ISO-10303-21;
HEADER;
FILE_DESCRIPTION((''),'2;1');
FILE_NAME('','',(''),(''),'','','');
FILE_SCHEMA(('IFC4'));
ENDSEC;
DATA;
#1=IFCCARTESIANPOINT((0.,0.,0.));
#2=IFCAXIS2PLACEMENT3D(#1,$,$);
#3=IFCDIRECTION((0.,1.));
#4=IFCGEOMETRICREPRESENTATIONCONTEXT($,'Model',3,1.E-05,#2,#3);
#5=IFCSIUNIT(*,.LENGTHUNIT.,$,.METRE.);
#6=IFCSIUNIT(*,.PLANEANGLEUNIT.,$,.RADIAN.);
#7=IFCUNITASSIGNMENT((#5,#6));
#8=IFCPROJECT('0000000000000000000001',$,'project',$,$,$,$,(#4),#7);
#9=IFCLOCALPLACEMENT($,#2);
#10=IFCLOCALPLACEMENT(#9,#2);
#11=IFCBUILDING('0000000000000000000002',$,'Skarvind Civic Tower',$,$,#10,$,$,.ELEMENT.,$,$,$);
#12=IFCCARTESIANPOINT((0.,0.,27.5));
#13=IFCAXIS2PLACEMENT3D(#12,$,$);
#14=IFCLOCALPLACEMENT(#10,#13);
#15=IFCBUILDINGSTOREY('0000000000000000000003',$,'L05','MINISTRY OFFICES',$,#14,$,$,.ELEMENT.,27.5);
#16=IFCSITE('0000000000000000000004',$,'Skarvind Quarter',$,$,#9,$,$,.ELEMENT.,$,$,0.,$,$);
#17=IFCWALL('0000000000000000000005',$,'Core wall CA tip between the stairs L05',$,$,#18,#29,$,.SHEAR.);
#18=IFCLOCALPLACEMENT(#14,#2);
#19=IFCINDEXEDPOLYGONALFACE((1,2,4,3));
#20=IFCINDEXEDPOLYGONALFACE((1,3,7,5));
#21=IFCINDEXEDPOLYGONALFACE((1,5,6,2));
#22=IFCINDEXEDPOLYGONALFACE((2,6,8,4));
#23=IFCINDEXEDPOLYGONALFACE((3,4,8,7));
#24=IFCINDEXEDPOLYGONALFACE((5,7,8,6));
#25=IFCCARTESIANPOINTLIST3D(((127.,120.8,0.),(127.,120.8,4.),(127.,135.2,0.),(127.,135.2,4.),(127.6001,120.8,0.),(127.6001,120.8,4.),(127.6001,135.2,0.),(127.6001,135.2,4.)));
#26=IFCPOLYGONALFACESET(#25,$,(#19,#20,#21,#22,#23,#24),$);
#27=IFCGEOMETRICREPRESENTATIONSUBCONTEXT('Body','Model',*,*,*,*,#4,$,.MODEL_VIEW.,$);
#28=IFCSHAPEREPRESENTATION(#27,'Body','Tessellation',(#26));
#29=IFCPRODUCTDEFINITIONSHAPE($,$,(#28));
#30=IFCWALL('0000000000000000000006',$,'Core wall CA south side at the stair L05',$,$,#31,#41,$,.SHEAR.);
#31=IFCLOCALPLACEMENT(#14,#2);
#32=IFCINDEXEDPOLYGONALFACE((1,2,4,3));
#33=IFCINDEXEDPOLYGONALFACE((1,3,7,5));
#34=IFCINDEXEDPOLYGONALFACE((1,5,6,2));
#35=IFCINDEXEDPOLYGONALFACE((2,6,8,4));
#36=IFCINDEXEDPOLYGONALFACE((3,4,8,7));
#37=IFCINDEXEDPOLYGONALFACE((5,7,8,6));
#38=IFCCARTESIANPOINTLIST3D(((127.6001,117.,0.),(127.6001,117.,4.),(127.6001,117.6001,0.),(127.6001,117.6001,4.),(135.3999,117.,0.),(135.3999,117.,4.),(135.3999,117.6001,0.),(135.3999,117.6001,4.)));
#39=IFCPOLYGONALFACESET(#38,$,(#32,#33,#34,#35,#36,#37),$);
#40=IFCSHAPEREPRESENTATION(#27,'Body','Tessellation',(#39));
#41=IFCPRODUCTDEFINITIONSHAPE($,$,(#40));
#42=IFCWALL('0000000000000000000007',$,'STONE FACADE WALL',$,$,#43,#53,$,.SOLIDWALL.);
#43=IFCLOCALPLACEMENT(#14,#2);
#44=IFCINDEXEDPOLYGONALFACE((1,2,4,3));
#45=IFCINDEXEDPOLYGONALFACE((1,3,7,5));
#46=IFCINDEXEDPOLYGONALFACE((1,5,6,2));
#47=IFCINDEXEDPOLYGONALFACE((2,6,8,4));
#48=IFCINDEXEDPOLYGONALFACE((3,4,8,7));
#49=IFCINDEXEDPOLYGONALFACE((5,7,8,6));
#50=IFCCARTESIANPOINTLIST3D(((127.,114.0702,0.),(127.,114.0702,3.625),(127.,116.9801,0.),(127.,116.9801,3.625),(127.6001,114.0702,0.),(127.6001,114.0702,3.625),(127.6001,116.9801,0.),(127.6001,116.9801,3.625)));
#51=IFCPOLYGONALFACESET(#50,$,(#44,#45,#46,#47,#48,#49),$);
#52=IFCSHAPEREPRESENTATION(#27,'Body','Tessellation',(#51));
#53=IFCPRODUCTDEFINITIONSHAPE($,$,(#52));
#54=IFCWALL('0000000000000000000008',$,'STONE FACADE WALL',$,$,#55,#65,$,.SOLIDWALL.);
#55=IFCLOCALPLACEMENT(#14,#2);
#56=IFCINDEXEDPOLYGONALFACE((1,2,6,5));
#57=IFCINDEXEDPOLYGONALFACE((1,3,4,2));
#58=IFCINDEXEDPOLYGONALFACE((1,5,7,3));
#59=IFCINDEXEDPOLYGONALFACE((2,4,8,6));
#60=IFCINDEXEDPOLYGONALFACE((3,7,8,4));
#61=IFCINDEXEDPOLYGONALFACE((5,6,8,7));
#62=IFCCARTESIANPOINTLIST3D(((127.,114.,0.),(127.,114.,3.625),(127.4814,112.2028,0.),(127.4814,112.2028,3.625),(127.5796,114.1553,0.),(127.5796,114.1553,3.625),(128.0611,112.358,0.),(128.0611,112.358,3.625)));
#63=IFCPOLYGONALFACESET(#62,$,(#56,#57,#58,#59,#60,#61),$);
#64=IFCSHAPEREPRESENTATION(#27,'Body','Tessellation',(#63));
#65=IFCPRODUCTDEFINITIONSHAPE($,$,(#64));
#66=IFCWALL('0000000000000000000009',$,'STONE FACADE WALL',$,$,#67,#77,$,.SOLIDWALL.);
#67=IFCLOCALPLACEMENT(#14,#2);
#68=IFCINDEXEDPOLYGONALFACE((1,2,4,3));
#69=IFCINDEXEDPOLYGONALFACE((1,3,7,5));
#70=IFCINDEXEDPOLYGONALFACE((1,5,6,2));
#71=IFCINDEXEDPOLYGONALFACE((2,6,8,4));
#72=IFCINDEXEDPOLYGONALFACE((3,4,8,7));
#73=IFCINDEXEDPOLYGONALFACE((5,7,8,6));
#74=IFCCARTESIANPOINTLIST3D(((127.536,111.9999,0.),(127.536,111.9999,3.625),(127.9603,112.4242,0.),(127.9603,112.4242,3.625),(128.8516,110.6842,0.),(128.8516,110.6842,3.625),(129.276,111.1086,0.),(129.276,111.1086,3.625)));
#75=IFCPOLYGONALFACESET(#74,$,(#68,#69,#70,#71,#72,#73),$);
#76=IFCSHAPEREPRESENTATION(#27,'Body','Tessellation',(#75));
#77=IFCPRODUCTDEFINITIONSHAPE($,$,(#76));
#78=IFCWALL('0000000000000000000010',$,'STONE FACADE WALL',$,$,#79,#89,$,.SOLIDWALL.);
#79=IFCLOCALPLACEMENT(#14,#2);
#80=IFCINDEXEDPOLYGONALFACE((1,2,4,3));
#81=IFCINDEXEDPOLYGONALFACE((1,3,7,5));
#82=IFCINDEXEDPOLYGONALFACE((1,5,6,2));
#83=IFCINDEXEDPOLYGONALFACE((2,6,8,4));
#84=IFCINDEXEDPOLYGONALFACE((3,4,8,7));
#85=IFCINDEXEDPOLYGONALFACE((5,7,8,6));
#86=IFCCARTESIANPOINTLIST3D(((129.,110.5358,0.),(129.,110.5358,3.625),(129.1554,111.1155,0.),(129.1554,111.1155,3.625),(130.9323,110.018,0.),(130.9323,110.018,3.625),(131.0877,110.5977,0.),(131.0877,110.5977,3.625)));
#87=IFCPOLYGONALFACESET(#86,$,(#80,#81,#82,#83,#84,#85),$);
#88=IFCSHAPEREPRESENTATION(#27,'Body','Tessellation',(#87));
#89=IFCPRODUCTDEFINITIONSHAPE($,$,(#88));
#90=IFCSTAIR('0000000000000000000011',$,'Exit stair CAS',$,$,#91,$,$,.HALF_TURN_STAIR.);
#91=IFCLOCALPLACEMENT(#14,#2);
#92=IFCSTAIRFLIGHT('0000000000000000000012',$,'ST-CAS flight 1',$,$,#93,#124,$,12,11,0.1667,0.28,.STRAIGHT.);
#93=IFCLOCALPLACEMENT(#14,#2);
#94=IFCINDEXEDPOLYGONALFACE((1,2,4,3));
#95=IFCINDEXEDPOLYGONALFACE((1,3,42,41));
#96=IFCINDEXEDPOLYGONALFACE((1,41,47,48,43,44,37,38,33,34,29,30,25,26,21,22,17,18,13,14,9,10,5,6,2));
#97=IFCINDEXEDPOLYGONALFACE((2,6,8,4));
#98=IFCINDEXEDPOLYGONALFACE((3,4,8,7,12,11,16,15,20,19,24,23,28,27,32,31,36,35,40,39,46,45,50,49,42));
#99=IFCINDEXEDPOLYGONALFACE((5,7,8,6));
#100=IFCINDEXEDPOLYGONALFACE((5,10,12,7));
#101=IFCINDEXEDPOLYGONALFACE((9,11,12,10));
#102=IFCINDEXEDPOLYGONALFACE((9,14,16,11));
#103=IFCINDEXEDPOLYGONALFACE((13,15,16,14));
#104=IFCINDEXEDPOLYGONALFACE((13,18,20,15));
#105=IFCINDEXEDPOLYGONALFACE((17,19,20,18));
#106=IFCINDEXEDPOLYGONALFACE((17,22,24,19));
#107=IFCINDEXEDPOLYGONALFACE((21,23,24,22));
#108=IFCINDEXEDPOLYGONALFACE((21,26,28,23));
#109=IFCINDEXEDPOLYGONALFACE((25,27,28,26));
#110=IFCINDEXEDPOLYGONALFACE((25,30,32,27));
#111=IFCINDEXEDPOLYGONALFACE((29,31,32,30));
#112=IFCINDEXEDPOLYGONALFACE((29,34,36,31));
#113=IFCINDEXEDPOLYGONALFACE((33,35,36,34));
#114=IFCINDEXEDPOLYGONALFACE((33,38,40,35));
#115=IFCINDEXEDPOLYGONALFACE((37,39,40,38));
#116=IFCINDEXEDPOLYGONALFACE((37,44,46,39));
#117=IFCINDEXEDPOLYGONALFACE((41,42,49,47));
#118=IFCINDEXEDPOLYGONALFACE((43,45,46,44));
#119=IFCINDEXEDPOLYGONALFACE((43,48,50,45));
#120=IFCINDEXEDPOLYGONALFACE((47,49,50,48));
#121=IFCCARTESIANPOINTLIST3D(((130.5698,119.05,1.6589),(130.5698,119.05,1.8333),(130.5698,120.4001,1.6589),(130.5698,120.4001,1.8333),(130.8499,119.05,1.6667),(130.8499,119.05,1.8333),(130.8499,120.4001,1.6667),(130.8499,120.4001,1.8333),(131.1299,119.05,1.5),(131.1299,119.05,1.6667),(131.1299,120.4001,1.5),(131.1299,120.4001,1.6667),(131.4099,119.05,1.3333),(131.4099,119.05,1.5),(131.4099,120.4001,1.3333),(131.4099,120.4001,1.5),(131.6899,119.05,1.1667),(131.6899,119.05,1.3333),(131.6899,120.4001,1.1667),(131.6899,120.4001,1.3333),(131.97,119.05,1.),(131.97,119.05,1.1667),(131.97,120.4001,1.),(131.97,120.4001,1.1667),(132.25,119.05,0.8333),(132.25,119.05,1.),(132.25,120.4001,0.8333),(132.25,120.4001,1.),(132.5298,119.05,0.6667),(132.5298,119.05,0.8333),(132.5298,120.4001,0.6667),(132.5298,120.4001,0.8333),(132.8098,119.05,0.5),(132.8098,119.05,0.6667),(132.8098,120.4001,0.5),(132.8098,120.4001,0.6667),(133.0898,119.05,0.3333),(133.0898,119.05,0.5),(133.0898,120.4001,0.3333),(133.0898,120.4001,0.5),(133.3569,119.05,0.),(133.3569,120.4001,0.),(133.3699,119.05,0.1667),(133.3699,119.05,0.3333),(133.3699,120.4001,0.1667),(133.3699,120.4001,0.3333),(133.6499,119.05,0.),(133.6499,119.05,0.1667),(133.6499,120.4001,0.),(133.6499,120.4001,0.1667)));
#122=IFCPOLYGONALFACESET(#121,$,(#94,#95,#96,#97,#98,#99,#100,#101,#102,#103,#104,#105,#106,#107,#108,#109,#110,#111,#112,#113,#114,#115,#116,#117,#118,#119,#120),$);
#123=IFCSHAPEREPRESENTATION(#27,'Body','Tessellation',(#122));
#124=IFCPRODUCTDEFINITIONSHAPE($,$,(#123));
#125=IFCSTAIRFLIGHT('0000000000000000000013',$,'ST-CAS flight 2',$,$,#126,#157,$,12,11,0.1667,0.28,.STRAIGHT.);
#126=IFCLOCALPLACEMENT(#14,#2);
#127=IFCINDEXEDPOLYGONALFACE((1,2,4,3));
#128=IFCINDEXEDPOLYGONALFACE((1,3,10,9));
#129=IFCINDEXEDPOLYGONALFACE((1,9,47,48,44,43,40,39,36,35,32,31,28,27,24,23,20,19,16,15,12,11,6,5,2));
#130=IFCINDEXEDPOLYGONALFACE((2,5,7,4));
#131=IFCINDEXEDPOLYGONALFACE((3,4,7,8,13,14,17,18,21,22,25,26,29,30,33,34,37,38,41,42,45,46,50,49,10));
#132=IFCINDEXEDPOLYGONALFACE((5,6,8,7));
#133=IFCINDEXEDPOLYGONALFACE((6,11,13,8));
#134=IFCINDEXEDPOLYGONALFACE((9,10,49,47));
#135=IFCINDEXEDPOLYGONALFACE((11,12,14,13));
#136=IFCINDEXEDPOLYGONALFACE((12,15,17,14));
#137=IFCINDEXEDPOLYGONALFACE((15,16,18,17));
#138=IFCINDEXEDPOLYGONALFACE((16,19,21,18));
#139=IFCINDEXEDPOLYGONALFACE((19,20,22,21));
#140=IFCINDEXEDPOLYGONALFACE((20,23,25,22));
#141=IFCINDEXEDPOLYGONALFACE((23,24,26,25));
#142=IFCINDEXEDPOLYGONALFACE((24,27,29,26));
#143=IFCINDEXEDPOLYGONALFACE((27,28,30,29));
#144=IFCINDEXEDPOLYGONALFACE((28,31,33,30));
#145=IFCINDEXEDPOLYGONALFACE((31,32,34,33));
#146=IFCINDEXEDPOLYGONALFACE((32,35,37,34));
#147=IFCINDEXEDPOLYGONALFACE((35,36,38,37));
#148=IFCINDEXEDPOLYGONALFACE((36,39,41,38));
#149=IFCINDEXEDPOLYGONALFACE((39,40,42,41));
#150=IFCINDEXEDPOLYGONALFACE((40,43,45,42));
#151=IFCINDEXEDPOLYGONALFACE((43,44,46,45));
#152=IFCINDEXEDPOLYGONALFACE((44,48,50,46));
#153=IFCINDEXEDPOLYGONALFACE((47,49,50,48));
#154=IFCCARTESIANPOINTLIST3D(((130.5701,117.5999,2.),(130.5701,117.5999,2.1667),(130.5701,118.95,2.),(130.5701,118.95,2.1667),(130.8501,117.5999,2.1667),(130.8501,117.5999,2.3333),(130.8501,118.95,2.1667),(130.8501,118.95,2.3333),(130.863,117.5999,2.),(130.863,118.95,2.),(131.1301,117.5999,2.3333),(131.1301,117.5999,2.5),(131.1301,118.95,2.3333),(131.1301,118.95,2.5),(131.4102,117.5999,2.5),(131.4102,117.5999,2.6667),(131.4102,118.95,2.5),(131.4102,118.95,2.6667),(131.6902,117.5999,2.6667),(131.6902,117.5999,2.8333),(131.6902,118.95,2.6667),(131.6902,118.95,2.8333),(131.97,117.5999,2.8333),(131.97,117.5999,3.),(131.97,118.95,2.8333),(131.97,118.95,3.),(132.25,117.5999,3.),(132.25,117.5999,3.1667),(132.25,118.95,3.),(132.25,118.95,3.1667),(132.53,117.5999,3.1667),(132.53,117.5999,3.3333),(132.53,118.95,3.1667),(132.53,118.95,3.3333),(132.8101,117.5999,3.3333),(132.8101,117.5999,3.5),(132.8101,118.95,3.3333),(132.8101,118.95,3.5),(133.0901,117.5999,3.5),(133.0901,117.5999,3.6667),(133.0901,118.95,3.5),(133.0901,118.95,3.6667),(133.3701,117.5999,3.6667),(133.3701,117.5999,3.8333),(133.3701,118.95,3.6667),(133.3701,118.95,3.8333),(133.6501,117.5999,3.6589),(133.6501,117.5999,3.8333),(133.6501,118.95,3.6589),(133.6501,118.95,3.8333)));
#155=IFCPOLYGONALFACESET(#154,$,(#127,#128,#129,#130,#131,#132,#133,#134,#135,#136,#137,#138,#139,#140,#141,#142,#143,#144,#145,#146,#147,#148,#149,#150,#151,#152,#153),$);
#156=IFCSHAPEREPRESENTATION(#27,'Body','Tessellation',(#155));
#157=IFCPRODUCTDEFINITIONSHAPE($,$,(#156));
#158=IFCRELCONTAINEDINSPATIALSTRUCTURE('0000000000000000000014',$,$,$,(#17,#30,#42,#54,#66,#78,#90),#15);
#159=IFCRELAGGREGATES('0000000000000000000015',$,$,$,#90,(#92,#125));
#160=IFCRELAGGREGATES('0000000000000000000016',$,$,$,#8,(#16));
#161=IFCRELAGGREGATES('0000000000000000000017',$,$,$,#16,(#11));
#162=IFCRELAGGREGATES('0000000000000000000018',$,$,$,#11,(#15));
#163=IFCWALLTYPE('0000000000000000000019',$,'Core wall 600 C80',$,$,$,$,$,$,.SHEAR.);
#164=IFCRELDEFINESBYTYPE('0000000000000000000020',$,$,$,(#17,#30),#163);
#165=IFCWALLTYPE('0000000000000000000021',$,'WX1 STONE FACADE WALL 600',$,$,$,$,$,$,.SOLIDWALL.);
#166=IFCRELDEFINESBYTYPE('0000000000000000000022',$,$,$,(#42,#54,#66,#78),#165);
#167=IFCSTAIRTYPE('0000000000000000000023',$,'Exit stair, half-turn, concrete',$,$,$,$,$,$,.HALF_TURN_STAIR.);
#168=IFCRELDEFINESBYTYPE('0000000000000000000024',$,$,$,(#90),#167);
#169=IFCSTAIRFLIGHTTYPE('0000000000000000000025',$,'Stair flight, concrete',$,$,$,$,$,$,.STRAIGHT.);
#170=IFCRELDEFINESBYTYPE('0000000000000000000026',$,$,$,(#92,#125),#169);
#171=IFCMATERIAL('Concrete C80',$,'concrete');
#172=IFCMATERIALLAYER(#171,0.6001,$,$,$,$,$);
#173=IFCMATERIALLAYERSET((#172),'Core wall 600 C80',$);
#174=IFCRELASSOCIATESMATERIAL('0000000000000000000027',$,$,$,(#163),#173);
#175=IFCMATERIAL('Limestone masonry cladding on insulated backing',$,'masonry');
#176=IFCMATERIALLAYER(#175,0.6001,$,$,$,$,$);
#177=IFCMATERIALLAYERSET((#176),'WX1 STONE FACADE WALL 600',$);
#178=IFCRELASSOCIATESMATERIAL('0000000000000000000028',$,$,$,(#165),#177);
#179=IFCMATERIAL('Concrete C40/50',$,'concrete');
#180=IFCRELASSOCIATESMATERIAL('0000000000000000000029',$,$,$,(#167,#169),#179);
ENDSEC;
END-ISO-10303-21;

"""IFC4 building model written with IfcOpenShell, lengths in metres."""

from ifc_helpers import new_model, si_unit, direction, frame, frame_2d, origin, place, context, subcontext, project, spatial, polyline, rectangle, outline, extrude, material, layer, layer_set, type_object, element, aggregate, save


model = new_model("IFC4")

# Units and contexts
model_context = context("Model", 3, precision=1e-05, world=origin(), true_north=direction((0.0, 1.0)))
body_context = subcontext(model_context, "Body", "Model", "MODEL_VIEW")
ifc_project = project(units=[si_unit("LENGTHUNIT", "METRE"), si_unit("PLANEANGLEUNIT", "RADIAN")], contexts=[model_context])

# Site, building, storey
site_placement = place(None, origin())
site = spatial("IfcSite", under=ifc_project, at=site_placement, Name="Skarvind Quarter", CompositionType="ELEMENT", RefElevation=0.0)
building_placement = place(site_placement, origin())
building = spatial("IfcBuilding", under=site, at=building_placement, Name="Skarvind Civic Tower", CompositionType="ELEMENT")
storey_placement = place(building_placement, frame((0.0, 0.0, 27.5)))
storey = spatial("IfcBuildingStorey", under=building, at=storey_placement, Name="L05", Description="MINISTRY OFFICES", CompositionType="ELEMENT", Elevation=27.5)

# Walls
ifc_material_1 = material(Name="Concrete C80", Category="concrete")
ifc_layer_1 = layer(ifc_material_1, 0.6001)
ifc_layer_set_1 = layer_set([ifc_layer_1], Name="Core wall 600 C80")
wall_type_1 = type_object("IfcWallType", Name="Core wall 600 C80", PredefinedType="SHEAR", material=ifc_layer_set_1)
wall_1_placement = place(storey_placement, frame((127.3, 120.8, 0.0), z_axis=(0.0, 0.0, 1.0), x_axis=(0.0, 1.0, 0.0)))
element("IfcWall", 1, at=wall_1_placement, inside=storey, type_object=wall_type_1, Name="Core wall CA tip between the stairs L05", PredefinedType="SHEAR", context=body_context, shape_type="SweptSolid", body=[
    extrude(rectangle(XDim=14.3999, YDim=0.6001, at=frame_2d((7.2, 0.0))), origin(), (0.0, 0.0, 1.0), 4.0),
])
wall_2_placement = place(storey_placement, frame((127.6001, 117.3, 0.0), z_axis=(0.0, 0.0, 1.0), x_axis=(1.0, 0.0, 0.0)))
element("IfcWall", 2, at=wall_2_placement, inside=storey, type_object=wall_type_1, Name="Core wall CA south side at the stair L05", PredefinedType="SHEAR", context=body_context, shape_type="SweptSolid", body=[
    extrude(rectangle(XDim=7.7998, YDim=0.6001, at=frame_2d((3.8999, 0.0))), origin(), (0.0, 0.0, 1.0), 4.0),
])
ifc_material_2 = material(Name="Limestone masonry cladding on insulated backing", Category="masonry")
ifc_layer_2 = layer(ifc_material_2, 0.6001)
ifc_layer_set_2 = layer_set([ifc_layer_2], Name="WX1 STONE FACADE WALL 600")
wall_type_2 = type_object("IfcWallType", Name="WX1 STONE FACADE WALL 600", PredefinedType="SOLIDWALL", material=ifc_layer_set_2)
wall_3_placement = place(storey_placement, frame((127.3, 114.0701, 0.0), z_axis=(0.0, 0.0, 1.0), x_axis=(0.0, 1.0, 0.0)))
element("IfcWall", 3, at=wall_3_placement, inside=storey, type_object=wall_type_2, Name="STONE FACADE WALL", PredefinedType="SOLIDWALL", context=body_context, shape_type="SweptSolid", body=[
    extrude(rectangle(XDim=2.9099, YDim=0.6001, at=frame_2d((1.4551, 0.0))), origin(), (0.0, 0.0, 1.0), 3.625),
])
for number, where, z_axis, x_axis, name in (
    (4, (127.7712, 112.2805, 0.0), (0.0, 0.0, 1.0), (-0.258773, 0.965938, 0.0), "STONE FACADE WALL"),
    (5, (129.0637, 110.8965, 0.0), (0.0, 0.0, 1.0), (-0.707107, 0.707107, 0.0), "STONE FACADE WALL"),
):
    element("IfcWall", number, at=place(storey_placement, frame(where, z_axis=z_axis, x_axis=x_axis)), inside=storey, type_object=wall_type_2, Name=name, PredefinedType="SOLIDWALL", context=body_context, shape_type="SweptSolid", body=[
        extrude(rectangle(XDim=1.8606, YDim=0.6001, at=frame_2d((0.9302, 0.0))), origin(), (0.0, 0.0, 1.0), 3.625),
    ])
wall_4_placement = place(storey_placement, frame((131.01, 110.3079, 0.0), z_axis=(0.0, 0.0, 1.0), x_axis=(-0.96592, 0.25884, 0.0)))
element("IfcWall", 6, at=wall_4_placement, inside=storey, type_object=wall_type_2, Name="STONE FACADE WALL", PredefinedType="SOLIDWALL", context=body_context, shape_type="SweptSolid", body=[
    extrude(rectangle(XDim=2.0005, YDim=0.6001, at=frame_2d((1.0002, 0.0))), origin(), (0.0, 0.0, 1.0), 3.625),
])

# Stair, stair flights
ifc_material_3 = material(Name="Concrete C40/50", Category="concrete")
stair_type = type_object("IfcStairType", Name="Exit stair, half-turn, concrete", PredefinedType="HALF_TURN_STAIR", material=ifc_material_3)
stair_placement = place(storey_placement, origin())
stair = element("IfcStair", 7, at=stair_placement, inside=storey, type_object=stair_type, Name="Exit stair CAS", PredefinedType="HALF_TURN_STAIR")
stair_flight_type = type_object("IfcStairFlightType", Name="Stair flight, concrete", PredefinedType="STRAIGHT", material=ifc_material_3)
stair_flight_1_placement = place(storey_placement, frame((133.6499, 119.7251, 0.0), z_axis=(0.0, 0.0, 1.0), x_axis=(-1.0, 0.0, 0.0)))
stair_flight_1 = element("IfcStairFlight", 8, at=stair_flight_1_placement, type_object=stair_flight_type, Name="ST-CAS flight 1", NumberOfRisers=12, NumberOfTreads=11, PredefinedType="STRAIGHT", RiserHeight=0.1667, TreadLength=0.28, context=body_context, shape_type="SweptSolid", body=[
    extrude(outline(polyline([(0.0, 0.0), (0.0, 0.1667), (0.28, 0.1667), (0.28, 0.3333), (0.5601, 0.3333), (0.5601, 0.5), (0.8401, 0.5), (0.8401, 0.6667), (1.1201, 0.6667), (1.1201, 0.8333), (1.3999, 0.8333), (1.3999, 1.0), (1.6799, 1.0), (1.6799, 1.1667), (1.96, 1.1667), (1.96, 1.3333), (2.24, 1.3333), (2.24, 1.5), (2.52, 1.5), (2.52, 1.6667), (2.8, 1.6667), (2.8, 1.8333), (3.0801, 1.8333), (3.0801, 2.0), (3.0801, 1.6589), (0.293, 0.0), (0.0, 0.0)])), frame((0.0, 0.675, 0.0), z_axis=(0.0, -1.0, 0.0), x_axis=(1.0, 0.0, 0.0)), (0.0, 0.0, 1.0), 1.3501),
])
stair_flight_2_placement = place(storey_placement, frame((130.5701, 118.2749, 2.0), z_axis=(0.0, 0.0, 1.0), x_axis=(1.0, 0.0, 0.0)))
stair_flight_2 = element("IfcStairFlight", 9, at=stair_flight_2_placement, type_object=stair_flight_type, Name="ST-CAS flight 2", NumberOfRisers=12, NumberOfTreads=11, PredefinedType="STRAIGHT", RiserHeight=0.1667, TreadLength=0.28, context=body_context, shape_type="SweptSolid", body=[
    extrude(outline(polyline([(0.0, 0.0), (0.0, 0.1667), (0.28, 0.1667), (0.28, 0.3333), (0.5601, 0.3333), (0.5601, 0.5), (0.8401, 0.5), (0.8401, 0.6667), (1.1201, 0.6667), (1.1201, 0.8333), (1.3999, 0.8333), (1.3999, 1.0), (1.6799, 1.0), (1.6799, 1.1667), (1.96, 1.1667), (1.96, 1.3333), (2.24, 1.3333), (2.24, 1.5), (2.52, 1.5), (2.52, 1.6667), (2.8, 1.6667), (2.8, 1.8333), (3.0801, 1.8333), (3.0801, 2.0), (3.0801, 1.6589), (0.293, 0.0), (0.0, 0.0)])), frame((0.0, 0.675, 0.0), z_axis=(0.0, -1.0, 0.0), x_axis=(1.0, 0.0, 0.0)), (0.0, 0.0, 1.0), 1.3501),
])
aggregate(stair, [stair_flight_1, stair_flight_2])

save(model, "model.ifc")
